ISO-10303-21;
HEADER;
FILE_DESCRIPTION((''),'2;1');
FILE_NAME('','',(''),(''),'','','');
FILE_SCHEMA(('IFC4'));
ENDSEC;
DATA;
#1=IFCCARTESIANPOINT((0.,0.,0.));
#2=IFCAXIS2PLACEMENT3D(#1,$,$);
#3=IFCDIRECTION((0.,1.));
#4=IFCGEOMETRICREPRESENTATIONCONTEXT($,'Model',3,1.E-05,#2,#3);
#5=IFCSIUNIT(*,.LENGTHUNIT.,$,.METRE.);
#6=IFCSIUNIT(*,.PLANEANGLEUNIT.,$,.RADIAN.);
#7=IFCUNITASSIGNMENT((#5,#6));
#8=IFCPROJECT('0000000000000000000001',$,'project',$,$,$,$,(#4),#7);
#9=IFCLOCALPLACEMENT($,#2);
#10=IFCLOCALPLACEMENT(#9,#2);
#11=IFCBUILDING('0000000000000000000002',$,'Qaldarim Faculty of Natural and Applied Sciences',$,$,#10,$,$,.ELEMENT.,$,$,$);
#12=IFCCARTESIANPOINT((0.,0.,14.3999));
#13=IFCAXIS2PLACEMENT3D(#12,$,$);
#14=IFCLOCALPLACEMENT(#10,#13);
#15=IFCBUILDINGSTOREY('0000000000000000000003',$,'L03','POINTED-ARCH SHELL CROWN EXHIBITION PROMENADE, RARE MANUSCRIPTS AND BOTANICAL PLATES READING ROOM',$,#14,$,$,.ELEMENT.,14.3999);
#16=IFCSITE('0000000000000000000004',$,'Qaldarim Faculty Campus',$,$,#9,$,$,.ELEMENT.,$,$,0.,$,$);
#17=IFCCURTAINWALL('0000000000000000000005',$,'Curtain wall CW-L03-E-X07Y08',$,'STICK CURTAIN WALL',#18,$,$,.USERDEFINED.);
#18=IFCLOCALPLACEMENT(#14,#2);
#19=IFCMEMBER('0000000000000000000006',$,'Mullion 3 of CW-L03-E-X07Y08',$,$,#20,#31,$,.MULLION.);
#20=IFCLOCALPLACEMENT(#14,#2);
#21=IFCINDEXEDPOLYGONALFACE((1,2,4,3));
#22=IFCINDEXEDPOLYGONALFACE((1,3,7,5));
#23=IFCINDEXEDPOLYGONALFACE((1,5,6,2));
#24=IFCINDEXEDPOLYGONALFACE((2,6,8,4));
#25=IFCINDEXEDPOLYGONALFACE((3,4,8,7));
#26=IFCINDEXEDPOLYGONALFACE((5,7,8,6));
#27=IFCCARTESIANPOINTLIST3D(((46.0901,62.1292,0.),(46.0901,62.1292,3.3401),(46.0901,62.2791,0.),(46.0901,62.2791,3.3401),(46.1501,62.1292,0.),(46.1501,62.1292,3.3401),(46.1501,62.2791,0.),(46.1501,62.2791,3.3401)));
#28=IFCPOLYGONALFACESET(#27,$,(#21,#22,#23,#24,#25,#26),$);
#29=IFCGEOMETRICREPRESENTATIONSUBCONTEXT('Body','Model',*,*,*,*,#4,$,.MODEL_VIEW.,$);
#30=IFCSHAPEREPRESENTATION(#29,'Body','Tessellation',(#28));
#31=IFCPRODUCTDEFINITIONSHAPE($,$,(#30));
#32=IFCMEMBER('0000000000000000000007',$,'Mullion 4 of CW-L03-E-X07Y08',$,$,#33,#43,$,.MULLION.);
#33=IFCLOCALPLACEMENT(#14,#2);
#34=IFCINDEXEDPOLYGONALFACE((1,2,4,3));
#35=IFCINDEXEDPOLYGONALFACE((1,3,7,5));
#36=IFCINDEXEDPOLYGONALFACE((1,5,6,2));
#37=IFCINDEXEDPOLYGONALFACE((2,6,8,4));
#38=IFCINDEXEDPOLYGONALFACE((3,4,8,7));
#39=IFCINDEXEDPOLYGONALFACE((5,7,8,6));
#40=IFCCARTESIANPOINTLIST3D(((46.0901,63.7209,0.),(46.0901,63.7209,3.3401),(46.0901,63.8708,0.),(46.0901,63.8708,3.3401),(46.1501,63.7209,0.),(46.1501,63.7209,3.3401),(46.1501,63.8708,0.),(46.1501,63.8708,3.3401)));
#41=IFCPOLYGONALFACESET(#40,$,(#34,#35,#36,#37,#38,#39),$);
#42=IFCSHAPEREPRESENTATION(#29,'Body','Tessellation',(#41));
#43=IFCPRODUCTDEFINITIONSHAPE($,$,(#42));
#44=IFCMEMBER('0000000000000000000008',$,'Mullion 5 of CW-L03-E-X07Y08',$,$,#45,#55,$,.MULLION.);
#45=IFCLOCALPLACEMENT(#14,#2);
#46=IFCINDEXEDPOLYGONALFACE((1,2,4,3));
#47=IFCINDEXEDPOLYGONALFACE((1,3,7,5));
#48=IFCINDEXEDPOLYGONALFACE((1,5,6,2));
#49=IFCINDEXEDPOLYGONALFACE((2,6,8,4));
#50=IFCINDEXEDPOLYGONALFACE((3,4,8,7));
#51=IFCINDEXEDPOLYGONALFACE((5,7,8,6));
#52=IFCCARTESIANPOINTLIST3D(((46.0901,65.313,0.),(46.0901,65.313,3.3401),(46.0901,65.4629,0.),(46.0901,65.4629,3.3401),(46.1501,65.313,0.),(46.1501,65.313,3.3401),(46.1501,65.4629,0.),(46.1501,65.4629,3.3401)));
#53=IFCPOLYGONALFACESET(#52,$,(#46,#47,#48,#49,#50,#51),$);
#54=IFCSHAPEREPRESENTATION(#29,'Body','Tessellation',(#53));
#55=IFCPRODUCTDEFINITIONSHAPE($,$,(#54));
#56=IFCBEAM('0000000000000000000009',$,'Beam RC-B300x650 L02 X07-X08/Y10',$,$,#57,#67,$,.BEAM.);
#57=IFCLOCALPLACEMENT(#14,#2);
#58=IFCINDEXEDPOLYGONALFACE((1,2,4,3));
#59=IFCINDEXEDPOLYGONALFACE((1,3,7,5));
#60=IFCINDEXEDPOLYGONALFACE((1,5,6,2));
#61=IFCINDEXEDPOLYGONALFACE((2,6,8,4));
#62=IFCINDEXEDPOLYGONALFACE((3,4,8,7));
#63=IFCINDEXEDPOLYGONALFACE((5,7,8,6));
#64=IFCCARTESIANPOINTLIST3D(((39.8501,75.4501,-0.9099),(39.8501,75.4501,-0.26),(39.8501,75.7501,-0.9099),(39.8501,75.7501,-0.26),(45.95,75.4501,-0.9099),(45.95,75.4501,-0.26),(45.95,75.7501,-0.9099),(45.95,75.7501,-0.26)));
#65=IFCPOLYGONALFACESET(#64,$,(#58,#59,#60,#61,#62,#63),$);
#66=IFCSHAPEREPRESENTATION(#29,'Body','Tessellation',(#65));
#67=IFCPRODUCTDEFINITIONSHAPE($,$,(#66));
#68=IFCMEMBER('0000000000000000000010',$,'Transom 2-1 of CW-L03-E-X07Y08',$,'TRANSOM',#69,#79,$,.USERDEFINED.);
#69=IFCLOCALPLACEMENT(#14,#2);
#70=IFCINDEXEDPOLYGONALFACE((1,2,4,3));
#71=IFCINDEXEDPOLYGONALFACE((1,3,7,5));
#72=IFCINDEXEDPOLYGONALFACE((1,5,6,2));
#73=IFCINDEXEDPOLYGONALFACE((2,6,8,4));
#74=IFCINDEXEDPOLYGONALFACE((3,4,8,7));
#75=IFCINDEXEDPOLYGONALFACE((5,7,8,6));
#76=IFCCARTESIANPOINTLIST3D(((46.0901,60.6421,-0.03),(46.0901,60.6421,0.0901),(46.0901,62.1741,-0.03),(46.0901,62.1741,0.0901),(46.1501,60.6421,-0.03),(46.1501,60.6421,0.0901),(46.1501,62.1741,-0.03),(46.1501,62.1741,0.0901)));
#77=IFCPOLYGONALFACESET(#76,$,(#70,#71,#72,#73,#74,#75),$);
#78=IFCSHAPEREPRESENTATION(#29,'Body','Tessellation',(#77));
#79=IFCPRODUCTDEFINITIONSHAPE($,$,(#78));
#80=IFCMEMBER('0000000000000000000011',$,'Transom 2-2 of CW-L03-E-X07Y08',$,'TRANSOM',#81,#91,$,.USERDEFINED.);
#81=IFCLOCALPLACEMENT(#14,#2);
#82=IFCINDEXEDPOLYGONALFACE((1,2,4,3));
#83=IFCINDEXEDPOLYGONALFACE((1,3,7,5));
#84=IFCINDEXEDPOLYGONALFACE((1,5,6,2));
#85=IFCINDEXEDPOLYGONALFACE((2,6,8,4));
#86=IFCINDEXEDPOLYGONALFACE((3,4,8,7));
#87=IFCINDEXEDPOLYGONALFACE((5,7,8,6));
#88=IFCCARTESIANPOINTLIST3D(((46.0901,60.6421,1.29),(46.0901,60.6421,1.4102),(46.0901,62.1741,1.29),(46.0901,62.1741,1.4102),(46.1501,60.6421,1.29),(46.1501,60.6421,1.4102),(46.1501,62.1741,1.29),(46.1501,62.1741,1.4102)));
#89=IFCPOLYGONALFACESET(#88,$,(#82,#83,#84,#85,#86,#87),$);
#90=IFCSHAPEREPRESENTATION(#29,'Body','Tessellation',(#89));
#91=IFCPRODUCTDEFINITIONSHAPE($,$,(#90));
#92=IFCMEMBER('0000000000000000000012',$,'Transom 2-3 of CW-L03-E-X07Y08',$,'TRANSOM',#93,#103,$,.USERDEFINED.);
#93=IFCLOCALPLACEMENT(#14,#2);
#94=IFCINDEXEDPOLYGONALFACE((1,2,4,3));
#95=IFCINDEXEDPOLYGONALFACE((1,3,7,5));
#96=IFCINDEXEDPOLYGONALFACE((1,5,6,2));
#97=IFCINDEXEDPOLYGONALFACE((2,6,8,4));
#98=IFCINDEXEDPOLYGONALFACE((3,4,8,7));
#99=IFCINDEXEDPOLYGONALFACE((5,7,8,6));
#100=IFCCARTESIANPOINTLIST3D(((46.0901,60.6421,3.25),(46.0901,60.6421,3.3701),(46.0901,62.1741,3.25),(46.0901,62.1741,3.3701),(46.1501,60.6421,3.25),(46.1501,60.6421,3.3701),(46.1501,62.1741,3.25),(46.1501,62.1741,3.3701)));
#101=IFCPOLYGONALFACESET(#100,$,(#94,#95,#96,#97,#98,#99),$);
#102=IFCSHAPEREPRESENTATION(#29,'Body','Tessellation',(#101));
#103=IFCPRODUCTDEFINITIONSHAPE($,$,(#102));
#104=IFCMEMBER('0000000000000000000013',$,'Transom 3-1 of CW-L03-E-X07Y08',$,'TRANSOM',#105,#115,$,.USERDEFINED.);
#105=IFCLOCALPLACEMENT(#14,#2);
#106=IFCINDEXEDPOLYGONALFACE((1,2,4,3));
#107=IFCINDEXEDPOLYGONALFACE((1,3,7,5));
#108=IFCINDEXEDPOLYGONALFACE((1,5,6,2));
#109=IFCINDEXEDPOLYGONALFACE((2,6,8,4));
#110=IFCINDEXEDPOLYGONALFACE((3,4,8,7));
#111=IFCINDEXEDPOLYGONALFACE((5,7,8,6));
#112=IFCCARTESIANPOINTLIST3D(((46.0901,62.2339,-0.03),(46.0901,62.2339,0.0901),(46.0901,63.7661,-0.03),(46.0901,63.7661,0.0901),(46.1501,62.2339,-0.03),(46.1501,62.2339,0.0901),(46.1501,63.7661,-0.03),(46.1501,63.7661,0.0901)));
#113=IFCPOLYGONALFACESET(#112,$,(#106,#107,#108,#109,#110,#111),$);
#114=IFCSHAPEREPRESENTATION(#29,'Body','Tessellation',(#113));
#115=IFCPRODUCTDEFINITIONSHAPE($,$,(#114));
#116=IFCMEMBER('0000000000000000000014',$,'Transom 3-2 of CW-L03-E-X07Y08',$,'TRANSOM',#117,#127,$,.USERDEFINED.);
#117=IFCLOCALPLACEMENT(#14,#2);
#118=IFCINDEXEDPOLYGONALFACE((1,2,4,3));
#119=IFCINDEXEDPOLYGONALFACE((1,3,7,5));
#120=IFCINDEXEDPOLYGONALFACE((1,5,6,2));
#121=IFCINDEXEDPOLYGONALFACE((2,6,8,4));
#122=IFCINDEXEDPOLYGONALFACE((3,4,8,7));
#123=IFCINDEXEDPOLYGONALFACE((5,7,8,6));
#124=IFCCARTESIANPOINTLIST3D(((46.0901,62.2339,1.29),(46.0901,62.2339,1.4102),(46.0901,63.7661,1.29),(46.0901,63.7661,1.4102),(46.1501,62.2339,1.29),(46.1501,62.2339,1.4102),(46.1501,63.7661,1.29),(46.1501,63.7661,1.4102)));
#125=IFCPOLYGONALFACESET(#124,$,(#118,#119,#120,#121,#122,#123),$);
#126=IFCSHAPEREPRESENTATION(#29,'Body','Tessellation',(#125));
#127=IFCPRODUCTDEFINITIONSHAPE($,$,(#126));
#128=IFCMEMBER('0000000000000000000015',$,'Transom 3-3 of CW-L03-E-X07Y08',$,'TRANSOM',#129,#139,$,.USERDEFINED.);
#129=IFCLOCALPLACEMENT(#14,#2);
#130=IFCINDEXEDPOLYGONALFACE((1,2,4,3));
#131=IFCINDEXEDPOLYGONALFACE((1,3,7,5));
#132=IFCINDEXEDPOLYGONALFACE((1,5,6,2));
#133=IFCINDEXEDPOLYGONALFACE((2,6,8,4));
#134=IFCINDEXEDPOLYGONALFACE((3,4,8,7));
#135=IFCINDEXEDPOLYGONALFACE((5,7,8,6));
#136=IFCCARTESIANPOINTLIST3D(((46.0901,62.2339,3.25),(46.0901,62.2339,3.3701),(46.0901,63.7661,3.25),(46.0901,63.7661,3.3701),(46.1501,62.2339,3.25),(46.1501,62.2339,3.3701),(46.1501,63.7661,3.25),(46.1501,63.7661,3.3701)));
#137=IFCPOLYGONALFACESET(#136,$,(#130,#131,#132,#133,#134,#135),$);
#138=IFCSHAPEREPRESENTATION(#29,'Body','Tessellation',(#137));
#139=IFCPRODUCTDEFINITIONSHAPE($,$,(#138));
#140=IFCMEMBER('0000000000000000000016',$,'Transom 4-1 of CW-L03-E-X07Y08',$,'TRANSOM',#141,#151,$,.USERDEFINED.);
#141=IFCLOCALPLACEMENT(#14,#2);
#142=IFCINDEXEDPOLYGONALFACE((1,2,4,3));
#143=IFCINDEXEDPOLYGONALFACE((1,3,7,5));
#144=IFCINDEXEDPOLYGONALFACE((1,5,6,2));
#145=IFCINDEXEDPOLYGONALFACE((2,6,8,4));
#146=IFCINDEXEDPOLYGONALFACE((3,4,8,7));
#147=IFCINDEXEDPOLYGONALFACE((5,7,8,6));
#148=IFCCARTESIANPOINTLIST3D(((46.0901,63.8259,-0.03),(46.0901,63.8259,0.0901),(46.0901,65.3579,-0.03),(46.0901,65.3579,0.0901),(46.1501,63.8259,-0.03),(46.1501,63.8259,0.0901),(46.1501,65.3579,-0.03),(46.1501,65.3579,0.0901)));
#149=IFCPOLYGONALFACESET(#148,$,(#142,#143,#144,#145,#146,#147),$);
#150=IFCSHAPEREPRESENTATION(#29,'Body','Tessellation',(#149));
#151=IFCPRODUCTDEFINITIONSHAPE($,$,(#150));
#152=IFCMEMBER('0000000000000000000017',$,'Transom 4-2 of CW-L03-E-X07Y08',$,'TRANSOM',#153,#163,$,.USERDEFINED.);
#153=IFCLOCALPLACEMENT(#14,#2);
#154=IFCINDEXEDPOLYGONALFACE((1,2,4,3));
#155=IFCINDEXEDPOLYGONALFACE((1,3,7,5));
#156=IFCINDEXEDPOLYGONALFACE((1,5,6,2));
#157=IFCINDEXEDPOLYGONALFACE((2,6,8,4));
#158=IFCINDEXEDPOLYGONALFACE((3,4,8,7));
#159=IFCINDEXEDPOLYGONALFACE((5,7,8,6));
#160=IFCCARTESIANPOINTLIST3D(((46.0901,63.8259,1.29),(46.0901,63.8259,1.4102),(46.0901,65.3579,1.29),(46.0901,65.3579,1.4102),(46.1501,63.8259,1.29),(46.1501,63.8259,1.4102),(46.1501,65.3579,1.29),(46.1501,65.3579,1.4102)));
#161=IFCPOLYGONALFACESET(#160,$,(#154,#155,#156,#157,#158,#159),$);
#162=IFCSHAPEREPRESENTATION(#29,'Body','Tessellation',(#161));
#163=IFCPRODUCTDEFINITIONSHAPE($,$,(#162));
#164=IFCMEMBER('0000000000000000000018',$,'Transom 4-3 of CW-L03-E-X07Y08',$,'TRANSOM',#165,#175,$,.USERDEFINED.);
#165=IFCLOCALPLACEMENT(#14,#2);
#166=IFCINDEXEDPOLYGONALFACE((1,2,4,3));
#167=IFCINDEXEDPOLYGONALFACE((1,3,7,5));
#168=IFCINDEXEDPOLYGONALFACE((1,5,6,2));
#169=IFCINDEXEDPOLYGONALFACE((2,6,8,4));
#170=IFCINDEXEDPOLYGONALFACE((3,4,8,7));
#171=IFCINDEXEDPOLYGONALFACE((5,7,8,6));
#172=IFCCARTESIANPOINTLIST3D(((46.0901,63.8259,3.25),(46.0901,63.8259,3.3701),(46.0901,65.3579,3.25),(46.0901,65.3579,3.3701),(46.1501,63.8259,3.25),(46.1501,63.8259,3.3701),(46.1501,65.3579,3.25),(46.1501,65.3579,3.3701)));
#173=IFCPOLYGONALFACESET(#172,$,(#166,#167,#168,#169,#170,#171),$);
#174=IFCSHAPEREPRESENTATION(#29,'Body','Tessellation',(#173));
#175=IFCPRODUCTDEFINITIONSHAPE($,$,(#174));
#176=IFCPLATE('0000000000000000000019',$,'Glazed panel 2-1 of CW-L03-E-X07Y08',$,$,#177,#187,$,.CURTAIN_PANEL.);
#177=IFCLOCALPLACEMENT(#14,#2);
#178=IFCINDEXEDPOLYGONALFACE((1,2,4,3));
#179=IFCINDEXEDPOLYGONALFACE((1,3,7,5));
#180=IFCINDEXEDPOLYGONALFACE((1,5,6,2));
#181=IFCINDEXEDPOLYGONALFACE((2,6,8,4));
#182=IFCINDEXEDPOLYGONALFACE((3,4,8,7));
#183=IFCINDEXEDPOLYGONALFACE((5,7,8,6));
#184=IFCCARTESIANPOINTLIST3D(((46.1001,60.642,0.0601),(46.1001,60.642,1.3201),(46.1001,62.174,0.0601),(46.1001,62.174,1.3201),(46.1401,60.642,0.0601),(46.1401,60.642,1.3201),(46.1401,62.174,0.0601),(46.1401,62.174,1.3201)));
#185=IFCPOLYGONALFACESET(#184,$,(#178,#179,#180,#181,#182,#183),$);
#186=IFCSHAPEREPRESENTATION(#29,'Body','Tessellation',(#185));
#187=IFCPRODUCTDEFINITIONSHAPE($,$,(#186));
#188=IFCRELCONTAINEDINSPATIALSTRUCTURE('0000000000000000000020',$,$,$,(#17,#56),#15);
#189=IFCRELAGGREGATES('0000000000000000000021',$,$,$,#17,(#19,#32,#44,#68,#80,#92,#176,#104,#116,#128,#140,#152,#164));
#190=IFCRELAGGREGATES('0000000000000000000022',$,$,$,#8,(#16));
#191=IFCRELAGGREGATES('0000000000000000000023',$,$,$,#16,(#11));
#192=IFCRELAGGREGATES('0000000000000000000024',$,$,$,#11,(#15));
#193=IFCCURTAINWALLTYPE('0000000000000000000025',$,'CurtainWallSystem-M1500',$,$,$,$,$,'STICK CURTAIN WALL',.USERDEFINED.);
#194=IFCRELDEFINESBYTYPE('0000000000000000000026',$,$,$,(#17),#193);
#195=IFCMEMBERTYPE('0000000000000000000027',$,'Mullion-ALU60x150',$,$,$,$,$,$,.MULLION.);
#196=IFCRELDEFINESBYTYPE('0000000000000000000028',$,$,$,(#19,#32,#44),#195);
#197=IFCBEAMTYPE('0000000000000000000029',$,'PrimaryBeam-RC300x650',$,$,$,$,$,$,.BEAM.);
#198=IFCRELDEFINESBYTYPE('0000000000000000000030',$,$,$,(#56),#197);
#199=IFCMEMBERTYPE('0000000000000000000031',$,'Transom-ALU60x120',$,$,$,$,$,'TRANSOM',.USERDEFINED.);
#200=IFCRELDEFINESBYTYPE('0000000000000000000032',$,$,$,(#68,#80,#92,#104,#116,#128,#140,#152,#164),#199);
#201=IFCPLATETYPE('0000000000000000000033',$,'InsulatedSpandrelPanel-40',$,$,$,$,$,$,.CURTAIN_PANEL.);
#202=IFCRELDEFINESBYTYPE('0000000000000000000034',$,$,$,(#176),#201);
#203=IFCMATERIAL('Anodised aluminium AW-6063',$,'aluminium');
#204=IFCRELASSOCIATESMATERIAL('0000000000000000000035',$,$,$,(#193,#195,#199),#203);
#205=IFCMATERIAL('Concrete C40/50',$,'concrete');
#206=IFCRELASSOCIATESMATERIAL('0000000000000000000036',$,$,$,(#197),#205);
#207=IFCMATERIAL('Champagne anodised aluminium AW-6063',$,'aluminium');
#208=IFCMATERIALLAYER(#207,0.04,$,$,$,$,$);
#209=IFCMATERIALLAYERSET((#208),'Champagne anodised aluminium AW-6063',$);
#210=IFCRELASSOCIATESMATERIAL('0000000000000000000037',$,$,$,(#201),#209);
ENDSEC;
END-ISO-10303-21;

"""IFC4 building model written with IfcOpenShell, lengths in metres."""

from ifc_helpers import new_model, si_unit, direction, frame, origin, origin_2d, place, context, subcontext, project, spatial, rectangle, extrude, material, layer, layer_set, material_profile, profile_set, type_object, element, aggregate, save


model = new_model("IFC4")

# Units and contexts
model_context = context("Model", 3, precision=1e-05, world=origin(), true_north=direction((0.0, 1.0)))
body_context = subcontext(model_context, "Body", "Model", "MODEL_VIEW")
ifc_project = project(units=[si_unit("LENGTHUNIT", "METRE"), si_unit("PLANEANGLEUNIT", "RADIAN")], contexts=[model_context])

# Site, building, storey
site_placement = place(None, origin())
site = spatial("IfcSite", under=ifc_project, at=site_placement, Name="Qaldarim Faculty Campus", CompositionType="ELEMENT", RefElevation=0.0)
building_placement = place(site_placement, origin())
building = spatial("IfcBuilding", under=site, at=building_placement, Name="Qaldarim Faculty of Natural and Applied Sciences", CompositionType="ELEMENT")
storey_placement = place(building_placement, frame((0.0, 0.0, 14.3999)))
storey = spatial("IfcBuildingStorey", under=building, at=storey_placement, Name="L03", Description="POINTED-ARCH SHELL CROWN EXHIBITION PROMENADE, RARE MANUSCRIPTS AND BOTANICAL PLATES READING ROOM", CompositionType="ELEMENT", Elevation=14.3999)

# Curtain wall, members
ifc_material_1 = material(Name="Anodised aluminium AW-6063", Category="aluminium")
curtain_wall_type = type_object("IfcCurtainWallType", Name="CurtainWallSystem-M1500", ElementType="STICK CURTAIN WALL", PredefinedType="USERDEFINED", material=ifc_material_1)
curtain_wall_placement = place(storey_placement, origin())
curtain_wall = element("IfcCurtainWall", 1, at=curtain_wall_placement, inside=storey, type_object=curtain_wall_type, Name="Curtain wall CW-L03-E-X07Y08", ObjectType="STICK CURTAIN WALL", PredefinedType="USERDEFINED")
ifc_material_profile_1 = material_profile(ifc_material_1, rectangle(XDim=0.0601, YDim=0.1499, at=origin_2d()), Name="ALU-M60x150")
ifc_profile_set_1 = profile_set([ifc_material_profile_1], Name="Anodised aluminium AW-6063")
member_type_1 = type_object("IfcMemberType", Name="Mullion-ALU60x150", PredefinedType="MULLION", material=ifc_profile_set_1)
member_1_placement = place(storey_placement, frame((46.1201, 62.2041, 0.0), z_axis=(0.0, 0.0, 1.0), x_axis=(-1.0, 0.0, 0.0)))
member_1 = element("IfcMember", 2, at=member_1_placement, type_object=member_type_1, Name="Mullion 3 of CW-L03-E-X07Y08", PredefinedType="MULLION", context=body_context, shape_type="SweptSolid", body=[
    extrude(rectangle(XDim=0.0601, YDim=0.1499, at=origin_2d()), origin(), (0.0, 0.0, 1.0), 3.3401),
])
member_2_placement = place(storey_placement, frame((46.1201, 63.7959, 0.0), z_axis=(0.0, 0.0, 1.0), x_axis=(-1.0, 0.0, 0.0)))
member_2 = element("IfcMember", 3, at=member_2_placement, type_object=member_type_1, Name="Mullion 4 of CW-L03-E-X07Y08", PredefinedType="MULLION", context=body_context, shape_type="SweptSolid", body=[
    extrude(rectangle(XDim=0.0601, YDim=0.1499, at=origin_2d()), origin(), (0.0, 0.0, 1.0), 3.3401),
])
member_3_placement = place(storey_placement, frame((46.1201, 65.3879, 0.0), z_axis=(0.0, 0.0, 1.0), x_axis=(-1.0, 0.0, 0.0)))
member_3 = element("IfcMember", 4, at=member_3_placement, type_object=member_type_1, Name="Mullion 5 of CW-L03-E-X07Y08", PredefinedType="MULLION", context=body_context, shape_type="SweptSolid", body=[
    extrude(rectangle(XDim=0.0601, YDim=0.1499, at=origin_2d()), origin(), (0.0, 0.0, 1.0), 3.3401),
])

# Beam
ifc_material_2 = material(Name="Concrete C40/50", Category="concrete")
ifc_material_profile_2 = material_profile(ifc_material_2, rectangle(XDim=0.3, YDim=0.6499, at=origin_2d()), Name="RC-B300x650")
ifc_profile_set_2 = profile_set([ifc_material_profile_2], Name="Concrete C40/50")
beam_type = type_object("IfcBeamType", Name="PrimaryBeam-RC300x650", PredefinedType="BEAM", material=ifc_profile_set_2)
beam_placement = place(storey_placement, frame((39.8501, 75.6001, -0.585), z_axis=(1.0, 0.0, 0.0), x_axis=(0.0, 1.0, 0.0)))
element("IfcBeam", 5, at=beam_placement, inside=storey, type_object=beam_type, Name="Beam RC-B300x650 L02 X07-X08/Y10", PredefinedType="BEAM", context=body_context, shape_type="SweptSolid", body=[
    extrude(rectangle(XDim=0.3, YDim=0.6499, at=origin_2d()), origin(), (0.0, 0.0, 1.0), 6.0999),
])

# Members
ifc_material_profile_3 = material_profile(ifc_material_1, rectangle(XDim=0.0601, YDim=0.1201, at=origin_2d()), Name="ALU-T60x120")
ifc_profile_set_3 = profile_set([ifc_material_profile_3], Name="Anodised aluminium AW-6063")
member_type_2 = type_object("IfcMemberType", Name="Transom-ALU60x120", ElementType="TRANSOM", PredefinedType="USERDEFINED", material=ifc_profile_set_3)
member_4_placement = place(storey_placement, frame((46.1201, 60.6421, 0.03), z_axis=(0.0, 1.0, 0.0), x_axis=(-1.0, 0.0, 0.0)))
member_4 = element("IfcMember", 6, at=member_4_placement, type_object=member_type_2, Name="Transom 2-1 of CW-L03-E-X07Y08", ObjectType="TRANSOM", PredefinedType="USERDEFINED", context=body_context, shape_type="SweptSolid", body=[
    extrude(rectangle(XDim=0.0601, YDim=0.1201, at=origin_2d()), origin(), (0.0, 0.0, 1.0), 1.532),
])
member_5_placement = place(storey_placement, frame((46.1201, 60.6421, 1.3501), z_axis=(0.0, 1.0, 0.0), x_axis=(-1.0, 0.0, 0.0)))
member_5 = element("IfcMember", 7, at=member_5_placement, type_object=member_type_2, Name="Transom 2-2 of CW-L03-E-X07Y08", ObjectType="TRANSOM", PredefinedType="USERDEFINED", context=body_context, shape_type="SweptSolid", body=[
    extrude(rectangle(XDim=0.0601, YDim=0.1201, at=origin_2d()), origin(), (0.0, 0.0, 1.0), 1.532),
])
member_6_placement = place(storey_placement, frame((46.1201, 60.6421, 3.3101), z_axis=(0.0, 1.0, 0.0), x_axis=(-1.0, 0.0, 0.0)))
member_6 = element("IfcMember", 8, at=member_6_placement, type_object=member_type_2, Name="Transom 2-3 of CW-L03-E-X07Y08", ObjectType="TRANSOM", PredefinedType="USERDEFINED", context=body_context, shape_type="SweptSolid", body=[
    extrude(rectangle(XDim=0.0601, YDim=0.1201, at=origin_2d()), origin(), (0.0, 0.0, 1.0), 1.532),
])
member_7_placement = place(storey_placement, frame((46.1201, 62.2339, 0.03), z_axis=(0.0, 1.0, 0.0), x_axis=(-1.0, 0.0, 0.0)))
member_7 = element("IfcMember", 9, at=member_7_placement, type_object=member_type_2, Name="Transom 3-1 of CW-L03-E-X07Y08", ObjectType="TRANSOM", PredefinedType="USERDEFINED", context=body_context, shape_type="SweptSolid", body=[
    extrude(rectangle(XDim=0.0601, YDim=0.1201, at=origin_2d()), origin(), (0.0, 0.0, 1.0), 1.5322),
])
member_8_placement = place(storey_placement, frame((46.1201, 62.2339, 1.3501), z_axis=(0.0, 1.0, 0.0), x_axis=(-1.0, 0.0, 0.0)))
member_8 = element("IfcMember", 10, at=member_8_placement, type_object=member_type_2, Name="Transom 3-2 of CW-L03-E-X07Y08", ObjectType="TRANSOM", PredefinedType="USERDEFINED", context=body_context, shape_type="SweptSolid", body=[
    extrude(rectangle(XDim=0.0601, YDim=0.1201, at=origin_2d()), origin(), (0.0, 0.0, 1.0), 1.5322),
])
member_9_placement = place(storey_placement, frame((46.1201, 62.2339, 3.3101), z_axis=(0.0, 1.0, 0.0), x_axis=(-1.0, 0.0, 0.0)))
member_9 = element("IfcMember", 11, at=member_9_placement, type_object=member_type_2, Name="Transom 3-3 of CW-L03-E-X07Y08", ObjectType="TRANSOM", PredefinedType="USERDEFINED", context=body_context, shape_type="SweptSolid", body=[
    extrude(rectangle(XDim=0.0601, YDim=0.1201, at=origin_2d()), origin(), (0.0, 0.0, 1.0), 1.5322),
])
member_10_placement = place(storey_placement, frame((46.1201, 63.8259, 0.03), z_axis=(0.0, 1.0, 0.0), x_axis=(-1.0, 0.0, 0.0)))
member_10 = element("IfcMember", 12, at=member_10_placement, type_object=member_type_2, Name="Transom 4-1 of CW-L03-E-X07Y08", ObjectType="TRANSOM", PredefinedType="USERDEFINED", context=body_context, shape_type="SweptSolid", body=[
    extrude(rectangle(XDim=0.0601, YDim=0.1201, at=origin_2d()), origin(), (0.0, 0.0, 1.0), 1.532),
])
member_11_placement = place(storey_placement, frame((46.1201, 63.8259, 1.3501), z_axis=(0.0, 1.0, 0.0), x_axis=(-1.0, 0.0, 0.0)))
member_11 = element("IfcMember", 13, at=member_11_placement, type_object=member_type_2, Name="Transom 4-2 of CW-L03-E-X07Y08", ObjectType="TRANSOM", PredefinedType="USERDEFINED", context=body_context, shape_type="SweptSolid", body=[
    extrude(rectangle(XDim=0.0601, YDim=0.1201, at=origin_2d()), origin(), (0.0, 0.0, 1.0), 1.532),
])
member_12_placement = place(storey_placement, frame((46.1201, 63.8259, 3.3101), z_axis=(0.0, 1.0, 0.0), x_axis=(-1.0, 0.0, 0.0)))
member_12 = element("IfcMember", 14, at=member_12_placement, type_object=member_type_2, Name="Transom 4-3 of CW-L03-E-X07Y08", ObjectType="TRANSOM", PredefinedType="USERDEFINED", context=body_context, shape_type="SweptSolid", body=[
    extrude(rectangle(XDim=0.0601, YDim=0.1201, at=origin_2d()), origin(), (0.0, 0.0, 1.0), 1.532),
])

# Plate
ifc_material_3 = material(Name="Champagne anodised aluminium AW-6063", Category="aluminium")
ifc_layer_1 = layer(ifc_material_3, 0.04)
ifc_layer_set_1 = layer_set([ifc_layer_1], Name="Champagne anodised aluminium AW-6063")
plate_type = type_object("IfcPlateType", Name="InsulatedSpandrelPanel-40", PredefinedType="CURTAIN_PANEL", material=ifc_layer_set_1)
plate_1_placement = place(storey_placement, frame((46.1201, 61.408, 0.0601), z_axis=(0.0, 0.0, 1.0), x_axis=(0.0, 1.0, 0.0)))
plate_1 = element("IfcPlate", 15, at=plate_1_placement, type_object=plate_type, Name="Glazed panel 2-1 of CW-L03-E-X07Y08", PredefinedType="CURTAIN_PANEL", context=body_context, shape_type="SweptSolid", body=[
    extrude(rectangle(XDim=1.532, YDim=0.04, at=origin_2d()), origin(), (0.0, 0.0, 1.0), 1.26),
])
aggregate(curtain_wall, [member_1, member_2, member_3, member_4, member_5, member_6, plate_1, member_7, member_8, member_9, member_10, member_11, member_12])

save(model, "model.ifc")
